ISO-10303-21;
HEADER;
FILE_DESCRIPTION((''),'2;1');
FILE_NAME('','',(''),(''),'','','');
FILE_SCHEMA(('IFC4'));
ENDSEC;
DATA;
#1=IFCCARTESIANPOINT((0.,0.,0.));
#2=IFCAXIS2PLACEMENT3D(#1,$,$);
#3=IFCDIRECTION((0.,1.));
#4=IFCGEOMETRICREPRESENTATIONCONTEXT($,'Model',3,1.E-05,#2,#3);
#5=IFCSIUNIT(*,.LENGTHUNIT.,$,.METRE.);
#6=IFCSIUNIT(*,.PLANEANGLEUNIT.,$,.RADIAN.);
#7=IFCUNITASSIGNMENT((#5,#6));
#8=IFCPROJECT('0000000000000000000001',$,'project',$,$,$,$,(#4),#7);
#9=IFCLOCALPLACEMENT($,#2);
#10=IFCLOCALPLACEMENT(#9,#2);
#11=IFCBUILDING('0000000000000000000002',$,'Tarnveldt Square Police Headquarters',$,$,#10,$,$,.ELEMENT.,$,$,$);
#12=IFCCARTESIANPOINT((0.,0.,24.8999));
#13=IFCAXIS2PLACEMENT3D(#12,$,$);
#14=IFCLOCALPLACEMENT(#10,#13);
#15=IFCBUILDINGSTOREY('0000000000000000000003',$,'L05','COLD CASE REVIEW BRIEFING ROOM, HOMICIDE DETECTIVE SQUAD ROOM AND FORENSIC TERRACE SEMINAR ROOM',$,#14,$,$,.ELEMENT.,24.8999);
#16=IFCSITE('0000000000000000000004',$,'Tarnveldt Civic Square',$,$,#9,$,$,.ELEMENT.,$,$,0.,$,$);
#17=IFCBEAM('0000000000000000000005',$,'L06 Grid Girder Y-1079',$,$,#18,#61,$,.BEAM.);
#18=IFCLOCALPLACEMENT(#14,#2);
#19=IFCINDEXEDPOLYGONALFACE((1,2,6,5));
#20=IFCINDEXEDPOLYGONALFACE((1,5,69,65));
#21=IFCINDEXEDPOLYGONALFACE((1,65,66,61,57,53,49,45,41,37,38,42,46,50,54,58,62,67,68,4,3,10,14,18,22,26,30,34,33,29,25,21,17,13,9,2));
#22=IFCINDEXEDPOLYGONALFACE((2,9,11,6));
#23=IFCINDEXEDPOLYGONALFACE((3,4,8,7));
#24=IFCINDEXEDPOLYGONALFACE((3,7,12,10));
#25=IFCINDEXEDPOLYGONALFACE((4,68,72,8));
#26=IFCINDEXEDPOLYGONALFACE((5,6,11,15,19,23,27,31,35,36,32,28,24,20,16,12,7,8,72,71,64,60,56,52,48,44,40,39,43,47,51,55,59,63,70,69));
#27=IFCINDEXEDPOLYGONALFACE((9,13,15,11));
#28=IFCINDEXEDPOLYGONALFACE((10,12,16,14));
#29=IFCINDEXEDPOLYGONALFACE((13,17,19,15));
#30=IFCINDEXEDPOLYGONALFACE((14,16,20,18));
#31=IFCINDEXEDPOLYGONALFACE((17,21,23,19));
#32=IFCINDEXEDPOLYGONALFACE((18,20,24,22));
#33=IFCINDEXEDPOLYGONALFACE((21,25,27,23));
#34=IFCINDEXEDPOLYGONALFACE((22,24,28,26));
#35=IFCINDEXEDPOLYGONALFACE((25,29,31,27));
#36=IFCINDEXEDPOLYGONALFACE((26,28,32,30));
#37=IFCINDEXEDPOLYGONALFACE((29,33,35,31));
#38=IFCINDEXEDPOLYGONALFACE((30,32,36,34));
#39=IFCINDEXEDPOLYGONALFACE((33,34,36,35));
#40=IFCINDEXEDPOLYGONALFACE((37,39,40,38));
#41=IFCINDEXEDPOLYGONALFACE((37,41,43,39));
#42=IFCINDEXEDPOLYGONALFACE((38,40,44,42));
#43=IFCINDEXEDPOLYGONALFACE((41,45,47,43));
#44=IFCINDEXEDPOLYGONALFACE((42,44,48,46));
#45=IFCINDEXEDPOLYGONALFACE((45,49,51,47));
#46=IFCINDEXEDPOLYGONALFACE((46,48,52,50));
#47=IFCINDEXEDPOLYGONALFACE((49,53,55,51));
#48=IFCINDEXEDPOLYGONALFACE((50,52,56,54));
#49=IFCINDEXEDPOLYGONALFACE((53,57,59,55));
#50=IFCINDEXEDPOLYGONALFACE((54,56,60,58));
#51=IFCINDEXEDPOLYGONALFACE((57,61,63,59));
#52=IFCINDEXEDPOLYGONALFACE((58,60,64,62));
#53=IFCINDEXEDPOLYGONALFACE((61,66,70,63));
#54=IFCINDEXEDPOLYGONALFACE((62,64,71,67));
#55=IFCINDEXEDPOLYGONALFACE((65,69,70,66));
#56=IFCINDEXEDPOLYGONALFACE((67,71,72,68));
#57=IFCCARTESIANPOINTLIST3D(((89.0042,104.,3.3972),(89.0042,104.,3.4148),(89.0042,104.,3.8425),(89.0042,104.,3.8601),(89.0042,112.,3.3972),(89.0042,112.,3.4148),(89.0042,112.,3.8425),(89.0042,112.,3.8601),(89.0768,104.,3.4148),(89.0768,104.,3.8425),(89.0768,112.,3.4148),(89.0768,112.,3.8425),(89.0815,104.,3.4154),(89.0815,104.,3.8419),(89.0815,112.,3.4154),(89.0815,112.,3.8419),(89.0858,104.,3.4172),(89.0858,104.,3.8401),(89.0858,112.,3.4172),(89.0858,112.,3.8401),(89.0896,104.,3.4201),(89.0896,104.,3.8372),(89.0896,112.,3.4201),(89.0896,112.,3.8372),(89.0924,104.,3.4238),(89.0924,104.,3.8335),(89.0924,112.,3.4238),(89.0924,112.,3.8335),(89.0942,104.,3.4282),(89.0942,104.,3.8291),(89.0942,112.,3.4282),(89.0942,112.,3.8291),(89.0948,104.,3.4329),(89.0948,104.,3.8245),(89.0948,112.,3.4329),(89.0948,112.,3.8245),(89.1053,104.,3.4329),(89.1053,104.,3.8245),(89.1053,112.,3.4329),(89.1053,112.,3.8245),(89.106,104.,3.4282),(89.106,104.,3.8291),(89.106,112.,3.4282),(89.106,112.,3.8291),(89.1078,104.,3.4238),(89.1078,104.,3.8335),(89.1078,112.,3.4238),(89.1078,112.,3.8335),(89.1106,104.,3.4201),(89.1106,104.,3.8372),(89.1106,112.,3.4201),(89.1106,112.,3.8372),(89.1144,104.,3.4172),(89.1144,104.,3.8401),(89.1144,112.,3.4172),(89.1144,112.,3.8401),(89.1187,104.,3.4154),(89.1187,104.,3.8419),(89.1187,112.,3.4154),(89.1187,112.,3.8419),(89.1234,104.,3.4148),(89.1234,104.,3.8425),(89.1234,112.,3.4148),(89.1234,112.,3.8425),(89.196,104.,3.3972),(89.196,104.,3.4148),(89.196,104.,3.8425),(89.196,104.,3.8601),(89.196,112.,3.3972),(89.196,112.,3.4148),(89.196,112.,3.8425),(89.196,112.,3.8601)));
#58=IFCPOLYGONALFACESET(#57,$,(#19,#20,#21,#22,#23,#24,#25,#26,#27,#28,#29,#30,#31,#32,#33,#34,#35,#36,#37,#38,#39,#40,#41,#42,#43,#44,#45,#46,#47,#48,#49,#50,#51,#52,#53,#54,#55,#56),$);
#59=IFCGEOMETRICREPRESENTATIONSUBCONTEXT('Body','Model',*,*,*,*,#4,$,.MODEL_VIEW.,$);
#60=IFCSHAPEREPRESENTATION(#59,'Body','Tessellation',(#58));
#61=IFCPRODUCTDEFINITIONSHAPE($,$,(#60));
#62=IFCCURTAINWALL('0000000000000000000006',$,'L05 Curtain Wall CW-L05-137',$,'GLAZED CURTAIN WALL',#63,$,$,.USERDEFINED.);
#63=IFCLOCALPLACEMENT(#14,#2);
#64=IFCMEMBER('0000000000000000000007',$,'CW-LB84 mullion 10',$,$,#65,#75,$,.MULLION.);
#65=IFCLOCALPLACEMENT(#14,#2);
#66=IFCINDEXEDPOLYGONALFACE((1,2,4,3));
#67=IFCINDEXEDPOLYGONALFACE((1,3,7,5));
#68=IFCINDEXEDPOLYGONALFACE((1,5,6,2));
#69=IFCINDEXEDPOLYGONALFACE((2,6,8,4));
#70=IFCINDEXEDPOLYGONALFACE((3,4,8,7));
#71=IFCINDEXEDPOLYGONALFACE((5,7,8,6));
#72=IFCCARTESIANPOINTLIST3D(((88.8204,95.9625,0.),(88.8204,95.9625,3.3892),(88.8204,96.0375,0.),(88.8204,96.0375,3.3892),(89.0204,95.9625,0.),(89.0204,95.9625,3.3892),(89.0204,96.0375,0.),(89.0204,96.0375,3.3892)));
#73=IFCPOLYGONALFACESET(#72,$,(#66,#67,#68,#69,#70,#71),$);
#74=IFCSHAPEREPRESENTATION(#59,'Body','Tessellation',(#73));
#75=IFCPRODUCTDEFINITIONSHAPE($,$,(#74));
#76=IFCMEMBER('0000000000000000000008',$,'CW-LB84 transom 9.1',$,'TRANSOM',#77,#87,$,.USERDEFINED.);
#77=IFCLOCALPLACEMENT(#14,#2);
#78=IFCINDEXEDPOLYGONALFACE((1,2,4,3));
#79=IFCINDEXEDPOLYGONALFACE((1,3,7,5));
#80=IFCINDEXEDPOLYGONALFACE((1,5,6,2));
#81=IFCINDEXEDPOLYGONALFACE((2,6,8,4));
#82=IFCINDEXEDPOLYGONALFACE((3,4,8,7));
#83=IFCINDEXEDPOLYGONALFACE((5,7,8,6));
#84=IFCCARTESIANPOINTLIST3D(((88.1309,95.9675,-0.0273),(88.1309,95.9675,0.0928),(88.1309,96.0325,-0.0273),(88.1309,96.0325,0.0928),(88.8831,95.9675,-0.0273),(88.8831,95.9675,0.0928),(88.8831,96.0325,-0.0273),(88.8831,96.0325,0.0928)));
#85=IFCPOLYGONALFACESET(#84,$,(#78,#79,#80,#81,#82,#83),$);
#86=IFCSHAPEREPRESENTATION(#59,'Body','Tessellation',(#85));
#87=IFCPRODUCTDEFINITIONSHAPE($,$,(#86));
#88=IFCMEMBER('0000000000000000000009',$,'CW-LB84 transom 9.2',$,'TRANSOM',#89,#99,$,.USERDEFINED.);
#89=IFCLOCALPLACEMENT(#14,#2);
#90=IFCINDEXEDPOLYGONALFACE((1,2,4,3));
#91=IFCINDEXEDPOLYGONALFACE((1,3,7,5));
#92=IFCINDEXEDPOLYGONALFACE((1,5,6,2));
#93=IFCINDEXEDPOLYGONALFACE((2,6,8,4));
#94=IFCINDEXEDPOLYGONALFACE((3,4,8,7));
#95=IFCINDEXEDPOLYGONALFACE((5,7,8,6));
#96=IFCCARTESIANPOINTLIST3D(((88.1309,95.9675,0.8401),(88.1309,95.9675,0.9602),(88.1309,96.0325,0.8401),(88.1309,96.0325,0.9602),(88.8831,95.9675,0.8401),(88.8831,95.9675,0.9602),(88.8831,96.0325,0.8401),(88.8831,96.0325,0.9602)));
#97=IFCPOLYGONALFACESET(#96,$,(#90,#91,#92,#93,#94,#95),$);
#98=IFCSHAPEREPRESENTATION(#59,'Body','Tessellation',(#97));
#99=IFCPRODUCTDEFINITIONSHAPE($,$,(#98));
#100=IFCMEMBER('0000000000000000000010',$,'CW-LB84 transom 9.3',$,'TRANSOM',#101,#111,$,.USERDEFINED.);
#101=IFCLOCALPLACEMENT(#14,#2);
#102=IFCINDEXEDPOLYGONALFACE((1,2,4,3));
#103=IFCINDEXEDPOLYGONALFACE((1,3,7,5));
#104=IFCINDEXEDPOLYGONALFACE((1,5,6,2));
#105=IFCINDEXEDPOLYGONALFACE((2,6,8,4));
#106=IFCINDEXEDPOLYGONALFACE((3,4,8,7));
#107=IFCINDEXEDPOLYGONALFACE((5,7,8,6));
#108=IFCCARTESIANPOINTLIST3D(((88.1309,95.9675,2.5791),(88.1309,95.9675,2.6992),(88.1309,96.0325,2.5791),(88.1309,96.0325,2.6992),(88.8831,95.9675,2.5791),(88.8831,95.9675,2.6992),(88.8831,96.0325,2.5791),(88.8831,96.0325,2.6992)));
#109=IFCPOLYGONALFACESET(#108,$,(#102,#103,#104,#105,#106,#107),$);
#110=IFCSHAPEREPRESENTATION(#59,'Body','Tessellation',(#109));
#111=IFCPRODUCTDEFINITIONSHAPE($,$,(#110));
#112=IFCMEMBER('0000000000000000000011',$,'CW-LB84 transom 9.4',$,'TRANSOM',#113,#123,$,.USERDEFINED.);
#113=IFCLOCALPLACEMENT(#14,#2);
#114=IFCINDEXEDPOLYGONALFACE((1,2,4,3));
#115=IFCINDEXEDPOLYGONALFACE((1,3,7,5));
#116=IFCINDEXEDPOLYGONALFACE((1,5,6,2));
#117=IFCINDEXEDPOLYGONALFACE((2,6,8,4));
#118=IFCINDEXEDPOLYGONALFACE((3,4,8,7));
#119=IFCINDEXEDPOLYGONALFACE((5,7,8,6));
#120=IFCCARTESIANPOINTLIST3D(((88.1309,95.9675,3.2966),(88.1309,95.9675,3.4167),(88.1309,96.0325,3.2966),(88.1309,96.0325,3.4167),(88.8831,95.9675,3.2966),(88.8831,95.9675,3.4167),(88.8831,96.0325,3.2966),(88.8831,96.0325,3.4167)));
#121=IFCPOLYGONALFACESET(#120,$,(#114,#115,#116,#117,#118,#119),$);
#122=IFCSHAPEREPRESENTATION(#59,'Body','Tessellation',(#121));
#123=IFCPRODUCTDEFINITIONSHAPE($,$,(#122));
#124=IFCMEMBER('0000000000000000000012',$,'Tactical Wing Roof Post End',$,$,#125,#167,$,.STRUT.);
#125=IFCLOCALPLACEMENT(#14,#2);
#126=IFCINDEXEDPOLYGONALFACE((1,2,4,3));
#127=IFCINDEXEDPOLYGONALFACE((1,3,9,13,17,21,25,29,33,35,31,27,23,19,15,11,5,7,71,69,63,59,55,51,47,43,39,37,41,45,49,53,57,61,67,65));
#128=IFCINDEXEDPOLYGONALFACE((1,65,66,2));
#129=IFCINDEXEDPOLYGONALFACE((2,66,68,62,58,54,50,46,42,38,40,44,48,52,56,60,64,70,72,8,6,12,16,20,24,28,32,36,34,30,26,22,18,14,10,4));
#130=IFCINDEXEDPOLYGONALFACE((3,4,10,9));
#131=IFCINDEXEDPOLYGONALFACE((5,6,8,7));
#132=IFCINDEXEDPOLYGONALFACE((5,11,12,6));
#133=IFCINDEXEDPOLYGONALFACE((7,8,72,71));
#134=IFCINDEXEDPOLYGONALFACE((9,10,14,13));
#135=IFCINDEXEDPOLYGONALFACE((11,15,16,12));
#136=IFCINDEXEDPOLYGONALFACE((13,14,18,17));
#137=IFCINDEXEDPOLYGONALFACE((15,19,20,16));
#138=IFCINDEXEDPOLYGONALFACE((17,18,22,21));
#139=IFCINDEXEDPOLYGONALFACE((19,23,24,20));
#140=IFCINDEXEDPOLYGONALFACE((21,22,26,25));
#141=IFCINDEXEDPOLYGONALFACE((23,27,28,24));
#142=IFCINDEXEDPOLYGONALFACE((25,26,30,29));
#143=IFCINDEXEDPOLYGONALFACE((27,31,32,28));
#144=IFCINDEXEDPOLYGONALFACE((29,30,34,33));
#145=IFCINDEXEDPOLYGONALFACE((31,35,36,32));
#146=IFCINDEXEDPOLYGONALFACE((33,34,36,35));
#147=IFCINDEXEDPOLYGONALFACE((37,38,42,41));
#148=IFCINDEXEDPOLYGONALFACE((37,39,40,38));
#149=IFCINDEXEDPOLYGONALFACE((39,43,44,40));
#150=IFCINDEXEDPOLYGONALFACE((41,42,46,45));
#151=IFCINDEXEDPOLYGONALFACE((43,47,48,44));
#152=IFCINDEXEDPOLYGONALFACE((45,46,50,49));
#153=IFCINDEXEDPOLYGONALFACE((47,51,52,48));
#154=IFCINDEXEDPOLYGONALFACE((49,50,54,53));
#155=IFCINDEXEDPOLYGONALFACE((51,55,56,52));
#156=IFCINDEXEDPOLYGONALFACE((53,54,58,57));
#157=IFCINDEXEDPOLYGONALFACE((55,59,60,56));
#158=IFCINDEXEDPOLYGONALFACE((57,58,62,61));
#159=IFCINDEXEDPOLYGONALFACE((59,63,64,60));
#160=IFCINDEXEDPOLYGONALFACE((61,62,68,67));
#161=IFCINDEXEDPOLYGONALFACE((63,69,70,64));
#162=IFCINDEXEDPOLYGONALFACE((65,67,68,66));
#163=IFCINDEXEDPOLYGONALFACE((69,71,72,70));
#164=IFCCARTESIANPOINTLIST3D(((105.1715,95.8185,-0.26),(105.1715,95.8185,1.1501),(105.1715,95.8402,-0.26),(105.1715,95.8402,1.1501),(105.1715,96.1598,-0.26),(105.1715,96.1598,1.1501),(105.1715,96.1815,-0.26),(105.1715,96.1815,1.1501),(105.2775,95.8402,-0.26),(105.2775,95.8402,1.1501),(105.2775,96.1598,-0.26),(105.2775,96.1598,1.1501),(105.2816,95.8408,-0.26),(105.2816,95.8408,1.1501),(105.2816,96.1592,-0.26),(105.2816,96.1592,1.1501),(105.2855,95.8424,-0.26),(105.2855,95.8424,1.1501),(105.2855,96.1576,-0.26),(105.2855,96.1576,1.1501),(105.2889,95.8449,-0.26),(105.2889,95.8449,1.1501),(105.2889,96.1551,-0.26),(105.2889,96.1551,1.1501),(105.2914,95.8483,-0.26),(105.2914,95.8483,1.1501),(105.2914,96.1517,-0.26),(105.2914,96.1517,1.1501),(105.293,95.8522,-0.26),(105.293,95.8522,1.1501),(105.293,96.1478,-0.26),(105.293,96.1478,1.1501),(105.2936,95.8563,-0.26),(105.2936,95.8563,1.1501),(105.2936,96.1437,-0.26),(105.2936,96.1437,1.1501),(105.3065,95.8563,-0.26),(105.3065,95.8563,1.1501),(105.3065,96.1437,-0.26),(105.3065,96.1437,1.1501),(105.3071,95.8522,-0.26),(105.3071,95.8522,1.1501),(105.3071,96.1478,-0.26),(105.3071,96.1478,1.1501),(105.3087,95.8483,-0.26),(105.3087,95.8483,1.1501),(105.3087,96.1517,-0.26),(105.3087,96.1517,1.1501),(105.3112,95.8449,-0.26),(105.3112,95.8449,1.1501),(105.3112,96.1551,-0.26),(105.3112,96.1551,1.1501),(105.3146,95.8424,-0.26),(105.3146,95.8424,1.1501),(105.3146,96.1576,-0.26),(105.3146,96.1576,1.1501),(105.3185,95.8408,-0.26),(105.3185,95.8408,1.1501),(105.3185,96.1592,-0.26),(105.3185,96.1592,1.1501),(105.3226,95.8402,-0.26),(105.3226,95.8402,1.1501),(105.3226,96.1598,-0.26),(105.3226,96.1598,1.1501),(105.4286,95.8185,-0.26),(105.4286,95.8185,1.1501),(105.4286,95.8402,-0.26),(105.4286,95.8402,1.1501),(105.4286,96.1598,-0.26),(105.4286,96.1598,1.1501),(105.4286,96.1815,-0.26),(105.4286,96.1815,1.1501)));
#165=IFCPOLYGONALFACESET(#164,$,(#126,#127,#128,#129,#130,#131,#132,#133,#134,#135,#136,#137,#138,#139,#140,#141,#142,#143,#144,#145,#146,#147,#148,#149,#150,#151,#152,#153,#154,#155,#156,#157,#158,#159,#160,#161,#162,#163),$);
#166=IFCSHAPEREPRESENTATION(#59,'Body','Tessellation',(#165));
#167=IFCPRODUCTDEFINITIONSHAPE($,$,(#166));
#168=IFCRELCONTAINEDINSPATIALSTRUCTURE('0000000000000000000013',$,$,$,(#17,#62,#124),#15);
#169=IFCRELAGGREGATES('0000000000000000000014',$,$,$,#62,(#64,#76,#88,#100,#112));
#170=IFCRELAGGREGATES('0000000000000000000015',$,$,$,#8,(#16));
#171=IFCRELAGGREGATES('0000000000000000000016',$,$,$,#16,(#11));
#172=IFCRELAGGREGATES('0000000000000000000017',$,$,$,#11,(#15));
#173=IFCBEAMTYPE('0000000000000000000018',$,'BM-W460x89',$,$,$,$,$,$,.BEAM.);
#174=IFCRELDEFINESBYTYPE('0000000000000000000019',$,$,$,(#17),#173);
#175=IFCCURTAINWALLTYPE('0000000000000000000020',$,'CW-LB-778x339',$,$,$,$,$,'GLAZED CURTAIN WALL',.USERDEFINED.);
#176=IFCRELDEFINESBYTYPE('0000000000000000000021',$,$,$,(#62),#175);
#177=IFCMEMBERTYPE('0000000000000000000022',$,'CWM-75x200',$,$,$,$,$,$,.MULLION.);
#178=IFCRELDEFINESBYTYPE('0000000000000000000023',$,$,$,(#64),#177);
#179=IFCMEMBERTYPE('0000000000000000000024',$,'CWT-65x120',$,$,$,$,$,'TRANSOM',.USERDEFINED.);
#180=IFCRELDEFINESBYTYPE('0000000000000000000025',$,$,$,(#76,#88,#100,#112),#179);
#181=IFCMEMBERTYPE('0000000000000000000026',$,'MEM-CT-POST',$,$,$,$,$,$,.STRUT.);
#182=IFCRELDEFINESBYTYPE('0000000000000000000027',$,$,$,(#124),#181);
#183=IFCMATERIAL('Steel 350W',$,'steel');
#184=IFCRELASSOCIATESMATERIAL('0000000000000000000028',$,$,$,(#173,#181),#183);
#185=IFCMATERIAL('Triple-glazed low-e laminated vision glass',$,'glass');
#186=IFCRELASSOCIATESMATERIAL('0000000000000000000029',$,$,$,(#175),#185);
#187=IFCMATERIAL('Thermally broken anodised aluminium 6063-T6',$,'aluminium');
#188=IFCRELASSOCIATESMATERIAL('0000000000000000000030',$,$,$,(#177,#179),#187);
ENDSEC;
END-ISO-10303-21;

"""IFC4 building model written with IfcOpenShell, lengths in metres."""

from ifc_helpers import new_model, si_unit, direction, frame, origin, origin_2d, place, context, subcontext, project, spatial, rectangle, i_section, extrude, material, material_profile, profile_set, type_object, element, aggregate, save


model = new_model("IFC4")

# Units and contexts
model_context = context("Model", 3, precision=1e-05, world=origin(), true_north=direction((0.0, 1.0)))
body_context = subcontext(model_context, "Body", "Model", "MODEL_VIEW")
ifc_project = project(units=[si_unit("LENGTHUNIT", "METRE"), si_unit("PLANEANGLEUNIT", "RADIAN")], contexts=[model_context])

# Site, building, storey
site_placement = place(None, origin())
site = spatial("IfcSite", under=ifc_project, at=site_placement, Name="Tarnveldt Civic Square", CompositionType="ELEMENT", RefElevation=0.0)
building_placement = place(site_placement, origin())
building = spatial("IfcBuilding", under=site, at=building_placement, Name="Tarnveldt Square Police Headquarters", CompositionType="ELEMENT")
storey_placement = place(building_placement, frame((0.0, 0.0, 24.8999)))
storey = spatial("IfcBuildingStorey", under=building, at=storey_placement, Name="L05", Description="COLD CASE REVIEW BRIEFING ROOM, HOMICIDE DETECTIVE SQUAD ROOM AND FORENSIC TERRACE SEMINAR ROOM", CompositionType="ELEMENT", Elevation=24.8999)

# Shared definitions
ifc_material_1 = material(Name="Steel 350W", Category="steel")

# Beam
ifc_material_profile_1 = material_profile(ifc_material_1, i_section(OverallWidth=0.1919, OverallDepth=0.4629, WebThickness=0.0105, FlangeThickness=0.0176, FilletRadius=0.0181, at=origin_2d()), Name="W460x89")
ifc_profile_set_1 = profile_set([ifc_material_profile_1], Name="Steel 350W")
beam_type_1 = type_object("IfcBeamType", Name="BM-W460x89", PredefinedType="BEAM", material=ifc_profile_set_1)
beam_1_placement = place(storey_placement, frame((89.1001, 104.0, 3.6287), z_axis=(0.0, 1.0, 0.0), x_axis=(-1.0, 0.0, 0.0)))
element("IfcBeam", 1, at=beam_1_placement, inside=storey, type_object=beam_type_1, Name="L06 Grid Girder Y-1079", PredefinedType="BEAM", context=body_context, shape_type="SweptSolid", body=[
    extrude(i_section(OverallWidth=0.1919, OverallDepth=0.4629, WebThickness=0.0105, FlangeThickness=0.0176, FilletRadius=0.0181, at=origin_2d()), origin(), (0.0, 0.0, 1.0), 8.0),
])

# Curtain wall, members
ifc_material_2 = material(Name="Triple-glazed low-e laminated vision glass", Category="glass")
curtain_wall_type = type_object("IfcCurtainWallType", Name="CW-LB-778x339", ElementType="GLAZED CURTAIN WALL", PredefinedType="USERDEFINED", material=ifc_material_2)
curtain_wall_placement = place(storey_placement, origin())
curtain_wall = element("IfcCurtainWall", 2, at=curtain_wall_placement, inside=storey, type_object=curtain_wall_type, Name="L05 Curtain Wall CW-L05-137", ObjectType="GLAZED CURTAIN WALL", PredefinedType="USERDEFINED")
ifc_material_3 = material(Name="Thermally broken anodised aluminium 6063-T6", Category="aluminium")
ifc_material_profile_2 = material_profile(ifc_material_3, rectangle(XDim=0.075, YDim=0.2, at=origin_2d()), Name="CW-M75x200")
ifc_profile_set_2 = profile_set([ifc_material_profile_2], Name="Thermally broken anodised aluminium 6063-T6")
member_type_1 = type_object("IfcMemberType", Name="CWM-75x200", PredefinedType="MULLION", material=ifc_profile_set_2)
member_1_placement = place(storey_placement, frame((88.9204, 96.0, 0.0), z_axis=(0.0, 0.0, 1.0), x_axis=(0.0, 1.0, 0.0)))
member_1 = element("IfcMember", 3, at=member_1_placement, type_object=member_type_1, Name="CW-LB84 mullion 10", PredefinedType="MULLION", context=body_context, shape_type="SweptSolid", body=[
    extrude(rectangle(XDim=0.075, YDim=0.2, at=origin_2d()), origin(), (0.0, 0.0, 1.0), 3.3892),
])
ifc_material_profile_3 = material_profile(ifc_material_3, rectangle(XDim=0.0649, YDim=0.1201, at=origin_2d()), Name="CW-T65x120")
ifc_profile_set_3 = profile_set([ifc_material_profile_3], Name="Thermally broken anodised aluminium 6063-T6")
member_type_2 = type_object("IfcMemberType", Name="CWT-65x120", ElementType="TRANSOM", PredefinedType="USERDEFINED", material=ifc_profile_set_3)
member_2_placement = place(storey_placement, frame((88.1309, 96.0, 0.0327), z_axis=(1.0, 0.0, 0.0), x_axis=(0.0, 1.0, 0.0)))
member_2 = element("IfcMember", 4, at=member_2_placement, type_object=member_type_2, Name="CW-LB84 transom 9.1", ObjectType="TRANSOM", PredefinedType="USERDEFINED", context=body_context, shape_type="SweptSolid", body=[
    extrude(rectangle(XDim=0.0649, YDim=0.1201, at=origin_2d()), origin(), (0.0, 0.0, 1.0), 0.7522),
])
member_3_placement = place(storey_placement, frame((88.1309, 96.0, 0.9001), z_axis=(1.0, 0.0, 0.0), x_axis=(0.0, 1.0, 0.0)))
member_3 = element("IfcMember", 5, at=member_3_placement, type_object=member_type_2, Name="CW-LB84 transom 9.2", ObjectType="TRANSOM", PredefinedType="USERDEFINED", context=body_context, shape_type="SweptSolid", body=[
    extrude(rectangle(XDim=0.0649, YDim=0.1201, at=origin_2d()), origin(), (0.0, 0.0, 1.0), 0.7522),
])
member_4_placement = place(storey_placement, frame((88.1309, 96.0, 2.6392), z_axis=(1.0, 0.0, 0.0), x_axis=(0.0, 1.0, 0.0)))
member_4 = element("IfcMember", 6, at=member_4_placement, type_object=member_type_2, Name="CW-LB84 transom 9.3", ObjectType="TRANSOM", PredefinedType="USERDEFINED", context=body_context, shape_type="SweptSolid", body=[
    extrude(rectangle(XDim=0.0649, YDim=0.1201, at=origin_2d()), origin(), (0.0, 0.0, 1.0), 0.7522),
])
member_5_placement = place(storey_placement, frame((88.1309, 96.0, 3.3567), z_axis=(1.0, 0.0, 0.0), x_axis=(0.0, 1.0, 0.0)))
member_5 = element("IfcMember", 7, at=member_5_placement, type_object=member_type_2, Name="CW-LB84 transom 9.4", ObjectType="TRANSOM", PredefinedType="USERDEFINED", context=body_context, shape_type="SweptSolid", body=[
    extrude(rectangle(XDim=0.0649, YDim=0.1201, at=origin_2d()), origin(), (0.0, 0.0, 1.0), 0.7522),
])

# Member
ifc_material_profile_4 = material_profile(ifc_material_1, i_section(OverallWidth=0.2571, OverallDepth=0.363, WebThickness=0.0129, FlangeThickness=0.0217, FilletRadius=0.0161, at=origin_2d()), Name="W360x122")
ifc_profile_set_4 = profile_set([ifc_material_profile_4], Name="Steel 350W")
member_type_3 = type_object("IfcMemberType", Name="MEM-CT-POST", PredefinedType="STRUT", material=ifc_profile_set_4)
member_6_placement = place(storey_placement, frame((105.3, 96.0, -0.26), z_axis=(0.0, 0.0, 1.0), x_axis=(1.0, 0.0, 0.0)))
element("IfcMember", 8, at=member_6_placement, inside=storey, type_object=member_type_3, Name="Tactical Wing Roof Post End", PredefinedType="STRUT", context=body_context, shape_type="SweptSolid", body=[
    extrude(i_section(OverallWidth=0.2571, OverallDepth=0.363, WebThickness=0.0129, FlangeThickness=0.0217, FilletRadius=0.0161, at=origin_2d()), origin(), (0.0, 0.0, 1.0), 1.4102),
])

aggregate(curtain_wall, [member_1, member_2, member_3, member_4, member_5])

save(model, "model.ifc")
